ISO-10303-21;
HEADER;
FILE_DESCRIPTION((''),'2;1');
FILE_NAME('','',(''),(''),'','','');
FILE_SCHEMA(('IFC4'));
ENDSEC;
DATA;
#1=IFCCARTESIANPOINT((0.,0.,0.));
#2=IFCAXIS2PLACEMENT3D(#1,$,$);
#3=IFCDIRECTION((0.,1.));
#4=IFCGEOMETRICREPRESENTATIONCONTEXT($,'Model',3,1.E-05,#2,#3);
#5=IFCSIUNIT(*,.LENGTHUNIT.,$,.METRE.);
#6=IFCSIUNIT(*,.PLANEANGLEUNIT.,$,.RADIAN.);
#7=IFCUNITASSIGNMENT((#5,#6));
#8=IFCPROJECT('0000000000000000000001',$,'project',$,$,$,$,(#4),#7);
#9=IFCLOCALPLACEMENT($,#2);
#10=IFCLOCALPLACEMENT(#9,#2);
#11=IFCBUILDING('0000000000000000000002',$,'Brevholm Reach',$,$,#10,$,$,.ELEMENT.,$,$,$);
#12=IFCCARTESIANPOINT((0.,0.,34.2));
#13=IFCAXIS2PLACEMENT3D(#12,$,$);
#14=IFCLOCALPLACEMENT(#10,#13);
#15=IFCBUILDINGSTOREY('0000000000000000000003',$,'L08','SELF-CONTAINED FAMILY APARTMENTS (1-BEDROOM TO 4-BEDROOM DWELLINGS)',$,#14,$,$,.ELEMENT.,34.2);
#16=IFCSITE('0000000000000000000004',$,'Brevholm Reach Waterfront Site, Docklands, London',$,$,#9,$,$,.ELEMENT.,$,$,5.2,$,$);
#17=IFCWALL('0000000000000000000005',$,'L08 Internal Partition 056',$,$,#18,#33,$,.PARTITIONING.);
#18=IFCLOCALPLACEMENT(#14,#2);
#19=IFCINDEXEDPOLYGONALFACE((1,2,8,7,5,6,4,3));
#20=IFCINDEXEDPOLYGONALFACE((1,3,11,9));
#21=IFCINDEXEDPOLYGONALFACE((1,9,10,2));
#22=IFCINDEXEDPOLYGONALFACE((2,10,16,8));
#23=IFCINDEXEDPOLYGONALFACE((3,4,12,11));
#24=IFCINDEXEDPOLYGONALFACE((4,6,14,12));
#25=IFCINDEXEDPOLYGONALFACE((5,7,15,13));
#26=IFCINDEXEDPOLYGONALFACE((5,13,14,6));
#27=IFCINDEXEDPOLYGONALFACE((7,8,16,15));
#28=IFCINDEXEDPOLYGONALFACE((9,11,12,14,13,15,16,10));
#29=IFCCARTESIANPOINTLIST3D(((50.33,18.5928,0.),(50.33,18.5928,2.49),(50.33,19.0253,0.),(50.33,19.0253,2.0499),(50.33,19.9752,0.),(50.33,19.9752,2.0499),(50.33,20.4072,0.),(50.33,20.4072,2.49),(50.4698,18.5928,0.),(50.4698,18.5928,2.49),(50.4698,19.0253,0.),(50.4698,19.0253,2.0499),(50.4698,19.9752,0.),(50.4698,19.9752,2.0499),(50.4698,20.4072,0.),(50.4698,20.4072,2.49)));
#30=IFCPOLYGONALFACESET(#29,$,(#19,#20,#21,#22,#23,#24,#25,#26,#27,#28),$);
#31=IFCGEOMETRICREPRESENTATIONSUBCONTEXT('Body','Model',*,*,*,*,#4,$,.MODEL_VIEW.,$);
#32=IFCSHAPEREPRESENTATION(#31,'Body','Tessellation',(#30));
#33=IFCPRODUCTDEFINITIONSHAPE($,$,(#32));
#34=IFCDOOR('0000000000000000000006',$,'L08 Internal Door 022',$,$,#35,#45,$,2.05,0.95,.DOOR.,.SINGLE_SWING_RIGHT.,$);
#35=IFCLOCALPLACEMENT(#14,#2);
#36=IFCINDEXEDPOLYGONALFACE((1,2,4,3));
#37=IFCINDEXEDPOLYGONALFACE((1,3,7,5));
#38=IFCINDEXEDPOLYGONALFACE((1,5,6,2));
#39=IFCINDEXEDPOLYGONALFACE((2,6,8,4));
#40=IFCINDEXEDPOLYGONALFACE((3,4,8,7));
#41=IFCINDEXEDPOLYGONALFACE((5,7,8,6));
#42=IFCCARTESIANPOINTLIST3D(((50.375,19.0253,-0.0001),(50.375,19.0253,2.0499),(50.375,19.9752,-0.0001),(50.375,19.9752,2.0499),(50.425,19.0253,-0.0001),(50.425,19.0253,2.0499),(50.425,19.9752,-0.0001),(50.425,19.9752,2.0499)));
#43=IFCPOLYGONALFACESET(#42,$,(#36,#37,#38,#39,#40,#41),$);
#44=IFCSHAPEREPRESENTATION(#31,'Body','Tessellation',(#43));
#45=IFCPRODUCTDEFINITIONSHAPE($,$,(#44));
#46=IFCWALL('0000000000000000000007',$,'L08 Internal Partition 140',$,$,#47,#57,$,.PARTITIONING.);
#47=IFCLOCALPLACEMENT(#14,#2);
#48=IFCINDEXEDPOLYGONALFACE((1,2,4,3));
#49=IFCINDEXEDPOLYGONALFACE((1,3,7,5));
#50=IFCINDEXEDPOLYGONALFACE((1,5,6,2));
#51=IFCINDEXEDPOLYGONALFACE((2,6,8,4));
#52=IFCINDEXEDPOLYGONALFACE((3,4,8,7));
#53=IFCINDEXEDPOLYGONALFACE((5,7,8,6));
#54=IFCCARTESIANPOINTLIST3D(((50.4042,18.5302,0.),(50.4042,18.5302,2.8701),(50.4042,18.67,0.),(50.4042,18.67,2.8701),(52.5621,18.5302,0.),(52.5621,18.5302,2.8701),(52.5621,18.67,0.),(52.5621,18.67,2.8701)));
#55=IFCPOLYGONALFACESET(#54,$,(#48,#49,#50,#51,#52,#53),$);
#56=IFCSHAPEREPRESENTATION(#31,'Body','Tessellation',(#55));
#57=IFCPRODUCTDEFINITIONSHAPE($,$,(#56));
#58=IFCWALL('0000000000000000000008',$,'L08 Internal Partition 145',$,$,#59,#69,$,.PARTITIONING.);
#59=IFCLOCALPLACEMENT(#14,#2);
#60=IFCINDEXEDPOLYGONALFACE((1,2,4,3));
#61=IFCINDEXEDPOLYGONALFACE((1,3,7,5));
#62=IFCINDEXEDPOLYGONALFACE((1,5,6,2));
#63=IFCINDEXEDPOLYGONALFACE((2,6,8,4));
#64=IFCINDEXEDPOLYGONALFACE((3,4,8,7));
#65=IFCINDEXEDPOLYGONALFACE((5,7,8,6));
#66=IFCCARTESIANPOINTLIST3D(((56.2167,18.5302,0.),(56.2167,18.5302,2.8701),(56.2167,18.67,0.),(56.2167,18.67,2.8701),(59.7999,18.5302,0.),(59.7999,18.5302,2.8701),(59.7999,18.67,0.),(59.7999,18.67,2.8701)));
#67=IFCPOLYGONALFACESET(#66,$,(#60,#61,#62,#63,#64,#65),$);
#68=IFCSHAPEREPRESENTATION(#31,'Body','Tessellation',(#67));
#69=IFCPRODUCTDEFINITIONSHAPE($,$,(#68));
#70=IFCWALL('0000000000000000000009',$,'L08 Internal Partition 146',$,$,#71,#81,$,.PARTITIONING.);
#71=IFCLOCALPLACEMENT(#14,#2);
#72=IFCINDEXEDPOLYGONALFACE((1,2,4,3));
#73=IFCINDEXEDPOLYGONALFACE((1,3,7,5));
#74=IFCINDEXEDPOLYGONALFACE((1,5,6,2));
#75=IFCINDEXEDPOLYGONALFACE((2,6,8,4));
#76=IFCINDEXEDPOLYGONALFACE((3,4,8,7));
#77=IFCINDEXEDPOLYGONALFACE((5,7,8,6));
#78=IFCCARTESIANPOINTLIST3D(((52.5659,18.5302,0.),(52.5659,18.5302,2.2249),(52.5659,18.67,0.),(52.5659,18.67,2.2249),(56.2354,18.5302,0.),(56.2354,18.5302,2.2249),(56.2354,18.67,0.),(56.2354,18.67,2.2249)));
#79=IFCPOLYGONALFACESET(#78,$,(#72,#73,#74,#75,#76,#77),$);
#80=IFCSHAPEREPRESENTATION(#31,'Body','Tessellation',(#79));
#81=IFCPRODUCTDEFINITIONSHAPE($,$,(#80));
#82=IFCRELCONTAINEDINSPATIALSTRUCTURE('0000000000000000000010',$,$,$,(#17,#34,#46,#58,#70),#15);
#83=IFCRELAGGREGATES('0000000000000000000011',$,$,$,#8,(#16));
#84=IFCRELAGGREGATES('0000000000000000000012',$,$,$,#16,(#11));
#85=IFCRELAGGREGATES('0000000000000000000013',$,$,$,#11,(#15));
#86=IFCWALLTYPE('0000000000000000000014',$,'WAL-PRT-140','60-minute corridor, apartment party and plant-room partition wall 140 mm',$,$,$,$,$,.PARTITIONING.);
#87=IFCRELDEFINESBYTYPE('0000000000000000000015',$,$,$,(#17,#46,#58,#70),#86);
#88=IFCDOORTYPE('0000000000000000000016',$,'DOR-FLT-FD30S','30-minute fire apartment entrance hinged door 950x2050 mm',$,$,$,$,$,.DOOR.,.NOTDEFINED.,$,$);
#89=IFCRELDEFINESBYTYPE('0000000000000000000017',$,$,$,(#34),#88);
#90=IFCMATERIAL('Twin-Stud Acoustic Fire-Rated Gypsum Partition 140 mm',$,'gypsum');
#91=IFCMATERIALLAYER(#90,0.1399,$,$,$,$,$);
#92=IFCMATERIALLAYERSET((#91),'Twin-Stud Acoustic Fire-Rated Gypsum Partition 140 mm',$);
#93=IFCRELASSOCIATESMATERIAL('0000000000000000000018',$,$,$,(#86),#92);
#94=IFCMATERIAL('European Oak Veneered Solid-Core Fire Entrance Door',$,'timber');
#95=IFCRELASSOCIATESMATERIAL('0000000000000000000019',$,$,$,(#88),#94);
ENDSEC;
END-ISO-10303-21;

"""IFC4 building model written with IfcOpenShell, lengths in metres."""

from ifc_helpers import new_model, si_unit, direction, frame, frame_2d, origin, place, context, subcontext, project, spatial, rectangle, extrude, material, layer, layer_set, type_object, element, fill, save


model = new_model("IFC4")

# Units and contexts
model_context = context("Model", 3, precision=1e-05, world=origin(), true_north=direction((0.0, 1.0)))
body_context = subcontext(model_context, "Body", "Model", "MODEL_VIEW")
ifc_project = project(units=[si_unit("LENGTHUNIT", "METRE"), si_unit("PLANEANGLEUNIT", "RADIAN")], contexts=[model_context])

# Site, building, storey
site_placement = place(None, origin())
site = spatial("IfcSite", under=ifc_project, at=site_placement, Name="Brevholm Reach Waterfront Site, Docklands, London", CompositionType="ELEMENT", RefElevation=5.2)
building_placement = place(site_placement, origin())
building = spatial("IfcBuilding", under=site, at=building_placement, Name="Brevholm Reach", CompositionType="ELEMENT")
storey_placement = place(building_placement, frame((0.0, 0.0, 34.2)))
storey = spatial("IfcBuildingStorey", under=building, at=storey_placement, Name="L08", Description="SELF-CONTAINED FAMILY APARTMENTS (1-BEDROOM TO 4-BEDROOM DWELLINGS)", CompositionType="ELEMENT", Elevation=34.2)

# Shared definitions
ifc_material_1 = material(Name="Twin-Stud Acoustic Fire-Rated Gypsum Partition 140 mm", Category="gypsum")
ifc_layer_1 = layer(ifc_material_1, 0.1399)
ifc_layer_set_1 = layer_set([ifc_layer_1], Name="Twin-Stud Acoustic Fire-Rated Gypsum Partition 140 mm")
wall_type_1 = type_object("IfcWallType", Name="WAL-PRT-140", Description="60-minute corridor, apartment party and plant-room partition wall 140 mm", PredefinedType="PARTITIONING", material=ifc_layer_set_1)

# Shared definitions
ifc_material_2 = material(Name="European Oak Veneered Solid-Core Fire Entrance Door", Category="timber")
door_type_1 = type_object("IfcDoorType", Name="DOR-FLT-FD30S", Description="30-minute fire apartment entrance hinged door 950x2050 mm", OperationType="NOTDEFINED", PredefinedType="DOOR", material=ifc_material_2)

# Wall, opening, door
wall_1_placement = place(storey_placement, frame((50.3999, 18.5928, 0.0), z_axis=(0.0, 0.0, 1.0), x_axis=(0.0, 1.0, 0.0)))
wall_1 = element("IfcWall", 1, at=wall_1_placement, inside=storey, type_object=wall_type_1, Name="L08 Internal Partition 056", PredefinedType="PARTITIONING", context=body_context, shape_type="SweptSolid", body=[
    extrude(rectangle(XDim=1.8145, YDim=0.1399, at=frame_2d((0.9072, 0.0))), origin(), (0.0, 0.0, 1.0), 2.49),
])
opening_1_placement = place(wall_1_placement, frame((0.4324, 0.0, 0.0)))
opening_1 = element("IfcOpeningElement", 2, at=opening_1_placement, cuts=wall_1, PredefinedType="OPENING", context=body_context, shape_type="SweptSolid", body=[
    extrude(rectangle(XDim=0.95, YDim=2.05, at=frame_2d((0.4751, 1.0249))), frame((0.0, 0.0798, 0.0), z_axis=(0.0, -1.0, 0.0), x_axis=(1.0, 0.0, 0.0)), (0.0, 0.0, 1.0), 0.1599),
])
door_1_placement = place(opening_1_placement, origin())
door_1 = element("IfcDoor", 3, at=door_1_placement, inside=storey, type_object=door_type_1, Name="L08 Internal Door 022", OperationType="SINGLE_SWING_RIGHT", OverallHeight=2.05, OverallWidth=0.95, PredefinedType="DOOR", context=body_context, shape_type="SweptSolid", body=[
    extrude(rectangle(XDim=0.95, YDim=2.05, at=frame_2d((0.4751, 1.0249))), frame((0.0, 0.0249, 0.0), z_axis=(0.0, -1.0, 0.0), x_axis=(1.0, 0.0, 0.0)), (0.0, 0.0, 1.0), 0.05),
])
fill(opening_1, door_1)

# Walls
wall_2_placement = place(storey_placement, frame((50.4041, 18.6001, 0.0), z_axis=(0.0, 0.0, 1.0), x_axis=(1.0, 0.0, 0.0)))
element("IfcWall", 4, at=wall_2_placement, inside=storey, type_object=wall_type_1, Name="L08 Internal Partition 140", PredefinedType="PARTITIONING", context=body_context, shape_type="SweptSolid", body=[
    extrude(rectangle(XDim=2.158, YDim=0.1399, at=frame_2d((1.0791, 0.0))), origin(), (0.0, 0.0, 1.0), 2.8701),
])
wall_3_placement = place(storey_placement, frame((56.2168, 18.6001, 0.0), z_axis=(0.0, 0.0, 1.0), x_axis=(1.0, 0.0, 0.0)))
element("IfcWall", 5, at=wall_3_placement, inside=storey, type_object=wall_type_1, Name="L08 Internal Partition 145", PredefinedType="PARTITIONING", context=body_context, shape_type="SweptSolid", body=[
    extrude(rectangle(XDim=3.5833, YDim=0.1399, at=frame_2d((1.7915, 0.0))), origin(), (0.0, 0.0, 1.0), 2.8701),
])
wall_4_placement = place(storey_placement, frame((52.5659, 18.6001, 0.0), z_axis=(0.0, 0.0, 1.0), x_axis=(1.0, 0.0, 0.0)))
element("IfcWall", 6, at=wall_4_placement, inside=storey, type_object=wall_type_1, Name="L08 Internal Partition 146", PredefinedType="PARTITIONING", context=body_context, shape_type="SweptSolid", body=[
    extrude(rectangle(XDim=3.6694, YDim=0.1399, at=frame_2d((1.8347, 0.0))), origin(), (0.0, 0.0, 1.0), 2.2249),
])

save(model, "model.ifc")
